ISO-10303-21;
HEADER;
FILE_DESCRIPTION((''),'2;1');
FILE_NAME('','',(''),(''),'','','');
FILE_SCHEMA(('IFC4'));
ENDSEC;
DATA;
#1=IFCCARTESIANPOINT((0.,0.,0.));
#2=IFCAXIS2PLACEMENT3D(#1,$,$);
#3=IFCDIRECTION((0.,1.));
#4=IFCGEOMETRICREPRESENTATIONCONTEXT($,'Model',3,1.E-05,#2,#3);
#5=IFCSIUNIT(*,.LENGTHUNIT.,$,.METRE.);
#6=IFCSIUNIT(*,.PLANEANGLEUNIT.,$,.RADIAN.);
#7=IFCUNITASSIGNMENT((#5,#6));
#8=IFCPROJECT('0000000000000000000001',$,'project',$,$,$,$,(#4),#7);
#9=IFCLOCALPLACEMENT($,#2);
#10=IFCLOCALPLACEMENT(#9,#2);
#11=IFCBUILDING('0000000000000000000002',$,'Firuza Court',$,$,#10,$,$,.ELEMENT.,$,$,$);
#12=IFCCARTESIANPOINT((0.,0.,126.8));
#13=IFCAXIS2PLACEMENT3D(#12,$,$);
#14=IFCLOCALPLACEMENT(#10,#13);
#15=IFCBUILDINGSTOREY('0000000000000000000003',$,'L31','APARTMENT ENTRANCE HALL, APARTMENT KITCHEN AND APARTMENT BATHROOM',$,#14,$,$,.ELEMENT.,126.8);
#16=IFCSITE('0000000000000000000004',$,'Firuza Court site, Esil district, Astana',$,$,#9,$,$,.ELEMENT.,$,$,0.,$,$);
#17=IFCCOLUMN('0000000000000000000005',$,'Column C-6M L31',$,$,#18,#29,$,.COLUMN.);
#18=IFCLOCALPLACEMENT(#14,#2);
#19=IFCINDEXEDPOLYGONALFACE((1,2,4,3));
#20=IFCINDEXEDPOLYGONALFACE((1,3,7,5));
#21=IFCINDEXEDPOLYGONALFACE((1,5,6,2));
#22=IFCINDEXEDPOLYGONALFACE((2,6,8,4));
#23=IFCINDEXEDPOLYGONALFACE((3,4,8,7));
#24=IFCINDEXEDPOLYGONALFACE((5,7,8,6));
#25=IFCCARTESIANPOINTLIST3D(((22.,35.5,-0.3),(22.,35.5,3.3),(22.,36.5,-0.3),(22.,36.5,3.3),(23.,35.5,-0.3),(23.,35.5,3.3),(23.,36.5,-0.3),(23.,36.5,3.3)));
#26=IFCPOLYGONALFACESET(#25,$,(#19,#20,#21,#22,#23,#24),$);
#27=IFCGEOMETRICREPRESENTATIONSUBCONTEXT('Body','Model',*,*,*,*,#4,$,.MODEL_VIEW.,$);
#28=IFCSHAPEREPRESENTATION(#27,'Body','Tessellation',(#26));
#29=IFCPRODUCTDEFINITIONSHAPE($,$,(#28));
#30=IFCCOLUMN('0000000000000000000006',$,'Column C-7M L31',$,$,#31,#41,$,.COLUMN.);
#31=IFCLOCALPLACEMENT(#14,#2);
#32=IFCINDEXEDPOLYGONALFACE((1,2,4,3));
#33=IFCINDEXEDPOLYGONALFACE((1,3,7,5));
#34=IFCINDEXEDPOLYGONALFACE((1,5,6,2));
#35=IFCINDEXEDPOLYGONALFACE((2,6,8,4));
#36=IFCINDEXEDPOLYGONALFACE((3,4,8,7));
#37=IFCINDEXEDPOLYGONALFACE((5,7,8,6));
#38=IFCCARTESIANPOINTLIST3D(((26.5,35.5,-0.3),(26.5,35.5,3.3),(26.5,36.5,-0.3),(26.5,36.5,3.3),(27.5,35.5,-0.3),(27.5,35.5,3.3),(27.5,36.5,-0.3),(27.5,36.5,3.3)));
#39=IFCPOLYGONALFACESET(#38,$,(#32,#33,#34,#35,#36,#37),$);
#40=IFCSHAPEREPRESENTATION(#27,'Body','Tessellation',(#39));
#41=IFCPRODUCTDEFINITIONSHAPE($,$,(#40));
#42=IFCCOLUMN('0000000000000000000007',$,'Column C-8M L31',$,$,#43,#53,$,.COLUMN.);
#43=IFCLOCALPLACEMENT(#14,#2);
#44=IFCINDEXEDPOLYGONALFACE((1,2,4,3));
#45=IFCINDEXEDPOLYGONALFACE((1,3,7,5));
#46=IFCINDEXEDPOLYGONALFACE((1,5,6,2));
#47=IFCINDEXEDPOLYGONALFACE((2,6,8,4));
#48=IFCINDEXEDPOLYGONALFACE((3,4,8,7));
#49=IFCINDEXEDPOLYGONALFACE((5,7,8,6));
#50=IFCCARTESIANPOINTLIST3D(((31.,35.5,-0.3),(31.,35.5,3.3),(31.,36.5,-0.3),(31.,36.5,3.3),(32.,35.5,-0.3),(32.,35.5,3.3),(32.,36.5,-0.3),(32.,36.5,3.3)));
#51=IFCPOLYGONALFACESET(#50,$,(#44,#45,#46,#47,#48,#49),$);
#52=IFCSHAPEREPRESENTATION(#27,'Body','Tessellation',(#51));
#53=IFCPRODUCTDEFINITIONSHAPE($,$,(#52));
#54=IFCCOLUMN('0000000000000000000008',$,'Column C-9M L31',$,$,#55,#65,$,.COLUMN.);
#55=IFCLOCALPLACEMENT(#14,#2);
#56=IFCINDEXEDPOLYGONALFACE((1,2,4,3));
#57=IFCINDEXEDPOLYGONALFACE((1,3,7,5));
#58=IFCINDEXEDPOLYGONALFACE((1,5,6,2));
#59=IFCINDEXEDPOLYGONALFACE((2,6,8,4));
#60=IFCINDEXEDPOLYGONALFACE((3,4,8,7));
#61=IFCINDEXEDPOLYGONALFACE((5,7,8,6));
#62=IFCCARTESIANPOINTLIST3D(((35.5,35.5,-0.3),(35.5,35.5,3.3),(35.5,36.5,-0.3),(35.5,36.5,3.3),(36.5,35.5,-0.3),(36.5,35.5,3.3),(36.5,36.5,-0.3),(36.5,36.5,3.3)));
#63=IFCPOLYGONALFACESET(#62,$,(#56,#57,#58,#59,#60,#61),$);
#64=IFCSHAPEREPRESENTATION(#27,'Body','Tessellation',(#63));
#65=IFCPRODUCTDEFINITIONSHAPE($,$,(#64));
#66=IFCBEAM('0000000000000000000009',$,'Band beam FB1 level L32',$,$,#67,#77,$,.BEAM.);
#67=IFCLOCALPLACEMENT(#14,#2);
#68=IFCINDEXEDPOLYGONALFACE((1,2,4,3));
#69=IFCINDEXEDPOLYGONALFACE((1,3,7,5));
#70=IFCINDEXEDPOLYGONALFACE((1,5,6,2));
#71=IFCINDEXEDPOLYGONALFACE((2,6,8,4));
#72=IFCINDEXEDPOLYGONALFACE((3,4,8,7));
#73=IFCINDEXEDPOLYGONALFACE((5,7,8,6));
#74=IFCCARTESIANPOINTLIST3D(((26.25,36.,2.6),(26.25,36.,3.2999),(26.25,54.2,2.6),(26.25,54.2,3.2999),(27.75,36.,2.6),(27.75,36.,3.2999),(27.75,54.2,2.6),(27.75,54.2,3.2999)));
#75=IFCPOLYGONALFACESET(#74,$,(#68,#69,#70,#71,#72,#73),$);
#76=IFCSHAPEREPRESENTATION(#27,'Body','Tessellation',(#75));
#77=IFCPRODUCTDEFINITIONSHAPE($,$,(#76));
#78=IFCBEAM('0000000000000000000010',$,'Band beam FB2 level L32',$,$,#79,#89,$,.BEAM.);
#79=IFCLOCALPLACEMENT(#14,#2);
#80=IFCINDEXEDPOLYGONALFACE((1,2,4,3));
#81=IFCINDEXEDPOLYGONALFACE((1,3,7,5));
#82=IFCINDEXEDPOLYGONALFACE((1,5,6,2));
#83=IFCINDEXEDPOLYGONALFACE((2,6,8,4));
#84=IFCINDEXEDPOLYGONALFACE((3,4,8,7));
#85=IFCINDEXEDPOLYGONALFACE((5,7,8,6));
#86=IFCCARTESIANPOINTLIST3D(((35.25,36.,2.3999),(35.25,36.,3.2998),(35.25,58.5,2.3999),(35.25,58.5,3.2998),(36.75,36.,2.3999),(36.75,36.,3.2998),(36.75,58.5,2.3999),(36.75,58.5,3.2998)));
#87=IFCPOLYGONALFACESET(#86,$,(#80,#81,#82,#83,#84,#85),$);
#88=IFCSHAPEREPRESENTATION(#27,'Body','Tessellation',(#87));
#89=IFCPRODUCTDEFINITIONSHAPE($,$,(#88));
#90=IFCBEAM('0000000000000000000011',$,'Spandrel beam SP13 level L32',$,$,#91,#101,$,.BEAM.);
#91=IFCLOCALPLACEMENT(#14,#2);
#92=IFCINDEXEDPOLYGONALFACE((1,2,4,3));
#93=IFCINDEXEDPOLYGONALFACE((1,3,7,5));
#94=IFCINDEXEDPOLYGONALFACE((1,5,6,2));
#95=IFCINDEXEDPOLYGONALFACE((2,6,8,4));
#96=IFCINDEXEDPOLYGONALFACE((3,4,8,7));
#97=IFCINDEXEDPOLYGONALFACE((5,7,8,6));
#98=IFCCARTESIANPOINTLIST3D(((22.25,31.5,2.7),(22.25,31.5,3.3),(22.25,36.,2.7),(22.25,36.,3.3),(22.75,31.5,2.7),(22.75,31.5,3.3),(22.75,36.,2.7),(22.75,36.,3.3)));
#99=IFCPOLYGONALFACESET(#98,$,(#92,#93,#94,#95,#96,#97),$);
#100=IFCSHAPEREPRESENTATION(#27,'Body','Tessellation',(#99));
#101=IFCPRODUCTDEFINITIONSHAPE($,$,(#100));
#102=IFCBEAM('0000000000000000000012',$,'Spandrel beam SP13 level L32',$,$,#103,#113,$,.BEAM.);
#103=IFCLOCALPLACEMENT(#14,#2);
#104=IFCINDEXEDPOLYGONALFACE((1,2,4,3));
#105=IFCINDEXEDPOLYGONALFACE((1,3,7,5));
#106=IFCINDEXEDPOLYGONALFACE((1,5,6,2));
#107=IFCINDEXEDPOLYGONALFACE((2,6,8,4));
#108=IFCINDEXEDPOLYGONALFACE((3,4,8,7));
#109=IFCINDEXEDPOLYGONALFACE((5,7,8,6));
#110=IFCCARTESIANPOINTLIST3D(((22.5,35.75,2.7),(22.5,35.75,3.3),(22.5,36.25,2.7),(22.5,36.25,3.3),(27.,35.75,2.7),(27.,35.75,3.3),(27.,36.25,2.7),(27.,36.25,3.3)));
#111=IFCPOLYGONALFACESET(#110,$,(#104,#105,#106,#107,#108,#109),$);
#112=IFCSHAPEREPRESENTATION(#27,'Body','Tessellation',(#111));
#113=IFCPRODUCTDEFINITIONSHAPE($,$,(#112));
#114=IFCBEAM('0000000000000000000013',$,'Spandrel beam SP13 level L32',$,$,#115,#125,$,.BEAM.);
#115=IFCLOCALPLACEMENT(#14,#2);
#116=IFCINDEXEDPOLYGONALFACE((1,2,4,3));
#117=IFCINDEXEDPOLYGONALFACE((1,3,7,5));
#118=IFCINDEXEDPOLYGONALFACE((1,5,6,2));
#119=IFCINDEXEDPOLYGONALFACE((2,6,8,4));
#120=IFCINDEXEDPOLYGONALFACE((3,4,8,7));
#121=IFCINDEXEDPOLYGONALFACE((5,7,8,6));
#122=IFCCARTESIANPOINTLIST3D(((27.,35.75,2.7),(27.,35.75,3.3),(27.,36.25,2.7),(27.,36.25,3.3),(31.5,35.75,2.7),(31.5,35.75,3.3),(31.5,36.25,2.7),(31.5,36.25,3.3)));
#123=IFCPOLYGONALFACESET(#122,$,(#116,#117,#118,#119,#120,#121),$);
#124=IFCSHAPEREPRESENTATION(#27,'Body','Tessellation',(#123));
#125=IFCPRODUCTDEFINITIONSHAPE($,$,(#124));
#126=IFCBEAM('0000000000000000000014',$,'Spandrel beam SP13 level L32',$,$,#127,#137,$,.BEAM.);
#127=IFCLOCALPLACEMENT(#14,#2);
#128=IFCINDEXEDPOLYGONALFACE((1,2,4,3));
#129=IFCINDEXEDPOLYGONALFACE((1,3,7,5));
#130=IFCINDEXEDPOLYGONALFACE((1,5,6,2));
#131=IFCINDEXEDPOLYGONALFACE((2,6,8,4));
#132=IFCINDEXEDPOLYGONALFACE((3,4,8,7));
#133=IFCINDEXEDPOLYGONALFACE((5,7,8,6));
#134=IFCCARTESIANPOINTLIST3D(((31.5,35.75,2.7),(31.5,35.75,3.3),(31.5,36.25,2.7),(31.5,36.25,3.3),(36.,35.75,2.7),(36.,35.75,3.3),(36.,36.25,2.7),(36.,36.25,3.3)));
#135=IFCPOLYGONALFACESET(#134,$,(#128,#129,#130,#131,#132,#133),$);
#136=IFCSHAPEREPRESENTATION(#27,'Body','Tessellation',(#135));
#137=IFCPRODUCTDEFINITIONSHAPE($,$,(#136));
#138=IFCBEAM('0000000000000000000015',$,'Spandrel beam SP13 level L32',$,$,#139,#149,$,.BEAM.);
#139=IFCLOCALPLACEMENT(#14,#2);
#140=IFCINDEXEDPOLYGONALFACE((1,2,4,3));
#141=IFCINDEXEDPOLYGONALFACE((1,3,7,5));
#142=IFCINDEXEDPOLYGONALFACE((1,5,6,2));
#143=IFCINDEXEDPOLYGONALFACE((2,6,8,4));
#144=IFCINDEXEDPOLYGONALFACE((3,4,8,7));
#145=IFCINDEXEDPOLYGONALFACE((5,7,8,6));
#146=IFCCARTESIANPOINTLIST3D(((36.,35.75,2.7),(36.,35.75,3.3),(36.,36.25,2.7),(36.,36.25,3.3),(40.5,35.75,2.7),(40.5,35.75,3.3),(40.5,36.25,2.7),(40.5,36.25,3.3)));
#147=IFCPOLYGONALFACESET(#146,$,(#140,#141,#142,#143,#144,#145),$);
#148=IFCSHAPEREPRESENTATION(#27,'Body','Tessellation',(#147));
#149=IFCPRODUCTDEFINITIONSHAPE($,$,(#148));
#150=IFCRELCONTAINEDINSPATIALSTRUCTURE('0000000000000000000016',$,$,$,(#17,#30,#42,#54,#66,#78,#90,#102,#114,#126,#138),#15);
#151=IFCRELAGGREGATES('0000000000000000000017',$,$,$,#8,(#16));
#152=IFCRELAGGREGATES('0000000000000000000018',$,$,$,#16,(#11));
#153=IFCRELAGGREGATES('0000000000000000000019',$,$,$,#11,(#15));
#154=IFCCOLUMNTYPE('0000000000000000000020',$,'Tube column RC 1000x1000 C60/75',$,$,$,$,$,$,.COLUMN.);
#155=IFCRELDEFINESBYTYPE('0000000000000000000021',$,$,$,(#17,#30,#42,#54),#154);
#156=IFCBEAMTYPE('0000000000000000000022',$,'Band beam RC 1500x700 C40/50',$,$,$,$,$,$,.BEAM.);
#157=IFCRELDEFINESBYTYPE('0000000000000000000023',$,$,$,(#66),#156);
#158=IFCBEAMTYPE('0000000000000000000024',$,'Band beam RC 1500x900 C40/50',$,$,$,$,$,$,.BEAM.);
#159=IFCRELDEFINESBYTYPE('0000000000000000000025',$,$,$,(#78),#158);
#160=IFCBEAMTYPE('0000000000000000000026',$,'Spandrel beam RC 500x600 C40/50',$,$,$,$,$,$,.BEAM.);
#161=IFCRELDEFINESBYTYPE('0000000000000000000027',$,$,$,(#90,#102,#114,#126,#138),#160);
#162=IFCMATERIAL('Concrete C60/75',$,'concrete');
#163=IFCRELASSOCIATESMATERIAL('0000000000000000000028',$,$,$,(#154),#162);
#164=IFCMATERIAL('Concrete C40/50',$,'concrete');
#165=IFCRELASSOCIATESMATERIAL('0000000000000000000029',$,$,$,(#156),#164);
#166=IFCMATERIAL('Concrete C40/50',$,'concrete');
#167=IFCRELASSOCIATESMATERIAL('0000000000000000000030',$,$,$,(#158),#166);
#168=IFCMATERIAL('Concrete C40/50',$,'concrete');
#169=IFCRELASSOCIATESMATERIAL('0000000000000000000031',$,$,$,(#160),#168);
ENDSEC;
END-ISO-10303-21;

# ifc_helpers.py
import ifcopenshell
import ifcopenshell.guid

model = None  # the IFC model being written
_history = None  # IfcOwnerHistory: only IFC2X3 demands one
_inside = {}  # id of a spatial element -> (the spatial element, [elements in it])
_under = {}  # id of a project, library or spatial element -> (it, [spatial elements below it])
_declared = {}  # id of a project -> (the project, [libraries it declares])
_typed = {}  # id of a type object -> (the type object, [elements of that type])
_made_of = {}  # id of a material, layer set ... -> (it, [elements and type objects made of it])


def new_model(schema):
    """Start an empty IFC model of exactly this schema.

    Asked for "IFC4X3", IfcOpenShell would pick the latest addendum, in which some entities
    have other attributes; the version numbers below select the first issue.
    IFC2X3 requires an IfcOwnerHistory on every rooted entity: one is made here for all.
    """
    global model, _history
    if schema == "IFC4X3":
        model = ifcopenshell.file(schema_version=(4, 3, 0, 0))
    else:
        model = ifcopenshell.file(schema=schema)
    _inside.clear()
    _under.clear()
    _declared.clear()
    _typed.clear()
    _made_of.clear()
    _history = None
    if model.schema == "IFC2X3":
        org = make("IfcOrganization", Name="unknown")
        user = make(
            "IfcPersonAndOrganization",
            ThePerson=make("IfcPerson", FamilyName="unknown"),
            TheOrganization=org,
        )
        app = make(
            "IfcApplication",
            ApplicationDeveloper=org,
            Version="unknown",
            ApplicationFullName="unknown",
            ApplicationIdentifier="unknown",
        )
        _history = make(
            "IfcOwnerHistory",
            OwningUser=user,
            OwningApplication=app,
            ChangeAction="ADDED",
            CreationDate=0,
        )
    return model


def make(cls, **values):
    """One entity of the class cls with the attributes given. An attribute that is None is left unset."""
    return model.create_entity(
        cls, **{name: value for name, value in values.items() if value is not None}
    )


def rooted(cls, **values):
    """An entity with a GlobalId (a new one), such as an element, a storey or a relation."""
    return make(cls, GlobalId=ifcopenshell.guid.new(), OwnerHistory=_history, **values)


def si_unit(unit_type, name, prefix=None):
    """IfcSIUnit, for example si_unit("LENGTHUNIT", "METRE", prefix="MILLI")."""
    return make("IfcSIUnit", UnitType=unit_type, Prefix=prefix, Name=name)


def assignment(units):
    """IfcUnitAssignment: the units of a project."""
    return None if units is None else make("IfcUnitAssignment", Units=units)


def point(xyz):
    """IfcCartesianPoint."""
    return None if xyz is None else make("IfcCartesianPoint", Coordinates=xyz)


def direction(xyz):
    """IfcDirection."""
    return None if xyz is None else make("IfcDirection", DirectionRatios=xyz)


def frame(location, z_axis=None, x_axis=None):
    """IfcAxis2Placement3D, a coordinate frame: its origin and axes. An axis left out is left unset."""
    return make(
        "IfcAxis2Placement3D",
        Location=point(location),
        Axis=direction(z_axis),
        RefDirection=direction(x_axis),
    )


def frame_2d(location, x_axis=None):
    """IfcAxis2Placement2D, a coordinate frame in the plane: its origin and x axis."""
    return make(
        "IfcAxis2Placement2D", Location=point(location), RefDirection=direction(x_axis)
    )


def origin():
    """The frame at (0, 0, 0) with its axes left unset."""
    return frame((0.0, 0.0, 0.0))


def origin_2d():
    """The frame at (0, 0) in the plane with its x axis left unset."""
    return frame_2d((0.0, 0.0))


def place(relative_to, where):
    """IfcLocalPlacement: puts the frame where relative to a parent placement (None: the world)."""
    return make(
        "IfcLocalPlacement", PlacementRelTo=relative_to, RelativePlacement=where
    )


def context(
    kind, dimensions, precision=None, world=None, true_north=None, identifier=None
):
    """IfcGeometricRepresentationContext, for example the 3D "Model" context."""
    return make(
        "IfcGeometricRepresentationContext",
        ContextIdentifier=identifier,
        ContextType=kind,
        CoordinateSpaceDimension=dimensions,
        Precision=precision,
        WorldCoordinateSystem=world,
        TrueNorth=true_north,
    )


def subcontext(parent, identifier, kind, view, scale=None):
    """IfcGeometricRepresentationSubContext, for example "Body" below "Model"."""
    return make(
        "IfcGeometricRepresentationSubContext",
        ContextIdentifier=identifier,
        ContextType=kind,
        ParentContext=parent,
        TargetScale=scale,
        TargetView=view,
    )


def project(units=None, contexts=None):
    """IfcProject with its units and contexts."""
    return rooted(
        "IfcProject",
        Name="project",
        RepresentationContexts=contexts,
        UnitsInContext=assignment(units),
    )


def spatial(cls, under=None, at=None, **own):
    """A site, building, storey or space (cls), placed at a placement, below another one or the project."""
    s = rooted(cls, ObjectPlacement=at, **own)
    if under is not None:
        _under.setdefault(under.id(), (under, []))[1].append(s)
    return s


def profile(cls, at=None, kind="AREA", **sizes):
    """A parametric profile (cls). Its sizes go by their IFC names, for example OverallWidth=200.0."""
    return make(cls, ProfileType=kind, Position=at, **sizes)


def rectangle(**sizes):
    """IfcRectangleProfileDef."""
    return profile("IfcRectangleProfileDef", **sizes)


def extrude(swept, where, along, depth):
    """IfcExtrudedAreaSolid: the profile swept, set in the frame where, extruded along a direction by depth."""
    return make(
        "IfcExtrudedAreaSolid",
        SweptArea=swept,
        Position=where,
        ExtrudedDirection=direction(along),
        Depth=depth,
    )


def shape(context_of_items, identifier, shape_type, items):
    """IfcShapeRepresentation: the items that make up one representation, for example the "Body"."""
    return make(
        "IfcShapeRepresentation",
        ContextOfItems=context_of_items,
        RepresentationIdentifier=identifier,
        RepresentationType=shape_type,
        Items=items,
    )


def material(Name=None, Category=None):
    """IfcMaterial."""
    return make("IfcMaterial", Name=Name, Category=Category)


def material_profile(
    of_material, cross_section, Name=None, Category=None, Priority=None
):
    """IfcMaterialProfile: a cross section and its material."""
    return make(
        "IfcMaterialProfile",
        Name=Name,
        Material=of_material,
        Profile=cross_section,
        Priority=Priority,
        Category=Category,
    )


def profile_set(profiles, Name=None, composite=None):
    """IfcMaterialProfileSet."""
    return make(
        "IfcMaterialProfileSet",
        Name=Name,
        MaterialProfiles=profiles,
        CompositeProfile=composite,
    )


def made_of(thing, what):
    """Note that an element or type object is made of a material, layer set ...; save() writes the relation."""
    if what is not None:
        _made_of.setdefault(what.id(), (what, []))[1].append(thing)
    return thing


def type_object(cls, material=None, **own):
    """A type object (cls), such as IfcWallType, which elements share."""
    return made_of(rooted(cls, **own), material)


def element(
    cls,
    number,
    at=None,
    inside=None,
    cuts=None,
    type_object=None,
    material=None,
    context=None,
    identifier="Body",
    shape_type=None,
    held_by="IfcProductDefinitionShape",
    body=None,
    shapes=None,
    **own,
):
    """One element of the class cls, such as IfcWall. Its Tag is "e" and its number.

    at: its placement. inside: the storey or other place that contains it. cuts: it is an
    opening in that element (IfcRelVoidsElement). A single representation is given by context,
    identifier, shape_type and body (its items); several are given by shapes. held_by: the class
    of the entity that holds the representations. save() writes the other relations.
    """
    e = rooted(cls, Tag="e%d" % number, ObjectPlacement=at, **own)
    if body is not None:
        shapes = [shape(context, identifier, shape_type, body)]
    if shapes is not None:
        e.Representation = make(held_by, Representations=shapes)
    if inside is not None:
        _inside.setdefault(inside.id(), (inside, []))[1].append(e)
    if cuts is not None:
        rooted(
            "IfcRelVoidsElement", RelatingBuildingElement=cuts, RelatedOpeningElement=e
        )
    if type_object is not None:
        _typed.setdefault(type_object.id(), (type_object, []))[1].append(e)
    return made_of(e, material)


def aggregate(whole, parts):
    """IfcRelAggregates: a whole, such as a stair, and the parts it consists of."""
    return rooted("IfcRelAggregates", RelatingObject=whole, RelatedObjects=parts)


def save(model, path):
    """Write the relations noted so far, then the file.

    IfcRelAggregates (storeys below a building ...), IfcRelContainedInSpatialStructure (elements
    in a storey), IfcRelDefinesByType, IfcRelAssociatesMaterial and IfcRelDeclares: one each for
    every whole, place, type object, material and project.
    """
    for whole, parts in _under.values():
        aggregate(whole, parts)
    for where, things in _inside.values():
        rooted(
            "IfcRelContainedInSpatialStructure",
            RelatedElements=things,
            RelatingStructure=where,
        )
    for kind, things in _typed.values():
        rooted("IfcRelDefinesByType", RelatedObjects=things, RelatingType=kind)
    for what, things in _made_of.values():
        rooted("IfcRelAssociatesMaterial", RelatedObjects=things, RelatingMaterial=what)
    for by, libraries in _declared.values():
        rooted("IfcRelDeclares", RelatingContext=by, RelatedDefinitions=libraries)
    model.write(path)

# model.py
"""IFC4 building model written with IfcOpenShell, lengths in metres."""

from ifc_helpers import new_model, si_unit, direction, frame, origin, origin_2d, place, context, subcontext, project, spatial, rectangle, extrude, material, material_profile, profile_set, type_object, element, save


model = new_model("IFC4")

# Units and contexts
model_context = context("Model", 3, precision=1e-05, world=origin(), true_north=direction((0.0, 1.0)))
body_context = subcontext(model_context, "Body", "Model", "MODEL_VIEW")
ifc_project = project(units=[si_unit("LENGTHUNIT", "METRE"), si_unit("PLANEANGLEUNIT", "RADIAN")], contexts=[model_context])

# Site, building, storey
site_placement = place(None, origin())
site = spatial("IfcSite", under=ifc_project, at=site_placement, Name="Firuza Court site, Esil district, Astana", CompositionType="ELEMENT", RefElevation=0.0)
building_placement = place(site_placement, origin())
building = spatial("IfcBuilding", under=site, at=building_placement, Name="Firuza Court", CompositionType="ELEMENT")
storey_placement = place(building_placement, frame((0.0, 0.0, 126.8)))
storey = spatial("IfcBuildingStorey", under=building, at=storey_placement, Name="L31", Description="APARTMENT ENTRANCE HALL, APARTMENT KITCHEN AND APARTMENT BATHROOM", CompositionType="ELEMENT", Elevation=126.8)

# Columns
ifc_material_1 = material(Name="Concrete C60/75", Category="concrete")
ifc_material_profile_1 = material_profile(ifc_material_1, rectangle(XDim=1.0, YDim=1.0, at=origin_2d()), Name="RC 1000x1000")
ifc_profile_set_1 = profile_set([ifc_material_profile_1], Name="Concrete C60/75")
column_type = type_object("IfcColumnType", Name="Tube column RC 1000x1000 C60/75", PredefinedType="COLUMN", material=ifc_profile_set_1)
for number, where, z_axis, x_axis, name in (
    (1, (22.5, 36.0, -0.3), (0.0, 0.0, 1.0), (1.0, 0.0, 0.0), "Column C-6M L31"),
    (2, (27.0, 36.0, -0.3), (0.0, 0.0, 1.0), (1.0, 0.0, 0.0), "Column C-7M L31"),
    (3, (31.5, 36.0, -0.3), (0.0, 0.0, 1.0), (1.0, 0.0, 0.0), "Column C-8M L31"),
    (4, (36.0, 36.0, -0.3), (0.0, 0.0, 1.0), (1.0, 0.0, 0.0), "Column C-9M L31"),
):
    element("IfcColumn", number, at=place(storey_placement, frame(where, z_axis=z_axis, x_axis=x_axis)), inside=storey, type_object=column_type, Name=name, PredefinedType="COLUMN", context=body_context, shape_type="SweptSolid", body=[
        extrude(rectangle(XDim=1.0, YDim=1.0, at=origin_2d()), origin(), (0.0, 0.0, 1.0), 3.6001),
    ])

# Beams
ifc_material_2 = material(Name="Concrete C40/50", Category="concrete")
ifc_material_profile_2 = material_profile(ifc_material_2, rectangle(XDim=1.5, YDim=0.7, at=origin_2d()), Name="RC 1500x700")
ifc_profile_set_2 = profile_set([ifc_material_profile_2], Name="Concrete C40/50")
beam_type_1 = type_object("IfcBeamType", Name="Band beam RC 1500x700 C40/50", PredefinedType="BEAM", material=ifc_profile_set_2)
beam_1_placement = place(storey_placement, frame((27.0, 36.0, 2.95), z_axis=(0.0, 1.0, 0.0), x_axis=(-1.0, 0.0, 0.0)))
element("IfcBeam", 5, at=beam_1_placement, inside=storey, type_object=beam_type_1, Name="Band beam FB1 level L32", PredefinedType="BEAM", context=body_context, shape_type="SweptSolid", body=[
    extrude(rectangle(XDim=1.5, YDim=0.7, at=origin_2d()), origin(), (0.0, 0.0, 1.0), 18.2),
])
ifc_material_3 = material(Name="Concrete C40/50", Category="concrete")
ifc_material_profile_3 = material_profile(ifc_material_3, rectangle(XDim=1.5, YDim=0.8999, at=origin_2d()), Name="RC 1500x900")
ifc_profile_set_3 = profile_set([ifc_material_profile_3], Name="Concrete C40/50")
beam_type_2 = type_object("IfcBeamType", Name="Band beam RC 1500x900 C40/50", PredefinedType="BEAM", material=ifc_profile_set_3)
beam_2_placement = place(storey_placement, frame((36.0, 36.0, 2.8499), z_axis=(0.0, 1.0, 0.0), x_axis=(-1.0, 0.0, 0.0)))
element("IfcBeam", 6, at=beam_2_placement, inside=storey, type_object=beam_type_2, Name="Band beam FB2 level L32", PredefinedType="BEAM", context=body_context, shape_type="SweptSolid", body=[
    extrude(rectangle(XDim=1.5, YDim=0.8999, at=origin_2d()), origin(), (0.0, 0.0, 1.0), 22.5),
])
ifc_material_4 = material(Name="Concrete C40/50", Category="concrete")
ifc_material_profile_4 = material_profile(ifc_material_4, rectangle(XDim=0.5, YDim=0.6001, at=origin_2d()), Name="RC 500x600")
ifc_profile_set_4 = profile_set([ifc_material_profile_4], Name="Concrete C40/50")
beam_type_3 = type_object("IfcBeamType", Name="Spandrel beam RC 500x600 C40/50", PredefinedType="BEAM", material=ifc_profile_set_4)
for number, where, z_axis, x_axis, name in (
    (7, (22.5, 31.5, 3.0), (0.0, 1.0, 0.0), (-1.0, 0.0, 0.0), "Spandrel beam SP13 level L32"),
    (8, (22.5, 36.0, 3.0), (1.0, 0.0, 0.0), (0.0, 1.0, 0.0), "Spandrel beam SP13 level L32"),
    (9, (27.0, 36.0, 3.0), (1.0, 0.0, 0.0), (0.0, 1.0, 0.0), "Spandrel beam SP13 level L32"),
    (10, (31.5, 36.0, 3.0), (1.0, 0.0, 0.0), (0.0, 1.0, 0.0), "Spandrel beam SP13 level L32"),
    (11, (36.0, 36.0, 3.0), (1.0, 0.0, 0.0), (0.0, 1.0, 0.0), "Spandrel beam SP13 level L32"),
):
    element("IfcBeam", number, at=place(storey_placement, frame(where, z_axis=z_axis, x_axis=x_axis)), inside=storey, type_object=beam_type_3, Name=name, PredefinedType="BEAM", context=body_context, shape_type="SweptSolid", body=[
        extrude(rectangle(XDim=0.5, YDim=0.6001, at=origin_2d()), origin(), (0.0, 0.0, 1.0), 4.5),
    ])

save(model, "model.ifc")
